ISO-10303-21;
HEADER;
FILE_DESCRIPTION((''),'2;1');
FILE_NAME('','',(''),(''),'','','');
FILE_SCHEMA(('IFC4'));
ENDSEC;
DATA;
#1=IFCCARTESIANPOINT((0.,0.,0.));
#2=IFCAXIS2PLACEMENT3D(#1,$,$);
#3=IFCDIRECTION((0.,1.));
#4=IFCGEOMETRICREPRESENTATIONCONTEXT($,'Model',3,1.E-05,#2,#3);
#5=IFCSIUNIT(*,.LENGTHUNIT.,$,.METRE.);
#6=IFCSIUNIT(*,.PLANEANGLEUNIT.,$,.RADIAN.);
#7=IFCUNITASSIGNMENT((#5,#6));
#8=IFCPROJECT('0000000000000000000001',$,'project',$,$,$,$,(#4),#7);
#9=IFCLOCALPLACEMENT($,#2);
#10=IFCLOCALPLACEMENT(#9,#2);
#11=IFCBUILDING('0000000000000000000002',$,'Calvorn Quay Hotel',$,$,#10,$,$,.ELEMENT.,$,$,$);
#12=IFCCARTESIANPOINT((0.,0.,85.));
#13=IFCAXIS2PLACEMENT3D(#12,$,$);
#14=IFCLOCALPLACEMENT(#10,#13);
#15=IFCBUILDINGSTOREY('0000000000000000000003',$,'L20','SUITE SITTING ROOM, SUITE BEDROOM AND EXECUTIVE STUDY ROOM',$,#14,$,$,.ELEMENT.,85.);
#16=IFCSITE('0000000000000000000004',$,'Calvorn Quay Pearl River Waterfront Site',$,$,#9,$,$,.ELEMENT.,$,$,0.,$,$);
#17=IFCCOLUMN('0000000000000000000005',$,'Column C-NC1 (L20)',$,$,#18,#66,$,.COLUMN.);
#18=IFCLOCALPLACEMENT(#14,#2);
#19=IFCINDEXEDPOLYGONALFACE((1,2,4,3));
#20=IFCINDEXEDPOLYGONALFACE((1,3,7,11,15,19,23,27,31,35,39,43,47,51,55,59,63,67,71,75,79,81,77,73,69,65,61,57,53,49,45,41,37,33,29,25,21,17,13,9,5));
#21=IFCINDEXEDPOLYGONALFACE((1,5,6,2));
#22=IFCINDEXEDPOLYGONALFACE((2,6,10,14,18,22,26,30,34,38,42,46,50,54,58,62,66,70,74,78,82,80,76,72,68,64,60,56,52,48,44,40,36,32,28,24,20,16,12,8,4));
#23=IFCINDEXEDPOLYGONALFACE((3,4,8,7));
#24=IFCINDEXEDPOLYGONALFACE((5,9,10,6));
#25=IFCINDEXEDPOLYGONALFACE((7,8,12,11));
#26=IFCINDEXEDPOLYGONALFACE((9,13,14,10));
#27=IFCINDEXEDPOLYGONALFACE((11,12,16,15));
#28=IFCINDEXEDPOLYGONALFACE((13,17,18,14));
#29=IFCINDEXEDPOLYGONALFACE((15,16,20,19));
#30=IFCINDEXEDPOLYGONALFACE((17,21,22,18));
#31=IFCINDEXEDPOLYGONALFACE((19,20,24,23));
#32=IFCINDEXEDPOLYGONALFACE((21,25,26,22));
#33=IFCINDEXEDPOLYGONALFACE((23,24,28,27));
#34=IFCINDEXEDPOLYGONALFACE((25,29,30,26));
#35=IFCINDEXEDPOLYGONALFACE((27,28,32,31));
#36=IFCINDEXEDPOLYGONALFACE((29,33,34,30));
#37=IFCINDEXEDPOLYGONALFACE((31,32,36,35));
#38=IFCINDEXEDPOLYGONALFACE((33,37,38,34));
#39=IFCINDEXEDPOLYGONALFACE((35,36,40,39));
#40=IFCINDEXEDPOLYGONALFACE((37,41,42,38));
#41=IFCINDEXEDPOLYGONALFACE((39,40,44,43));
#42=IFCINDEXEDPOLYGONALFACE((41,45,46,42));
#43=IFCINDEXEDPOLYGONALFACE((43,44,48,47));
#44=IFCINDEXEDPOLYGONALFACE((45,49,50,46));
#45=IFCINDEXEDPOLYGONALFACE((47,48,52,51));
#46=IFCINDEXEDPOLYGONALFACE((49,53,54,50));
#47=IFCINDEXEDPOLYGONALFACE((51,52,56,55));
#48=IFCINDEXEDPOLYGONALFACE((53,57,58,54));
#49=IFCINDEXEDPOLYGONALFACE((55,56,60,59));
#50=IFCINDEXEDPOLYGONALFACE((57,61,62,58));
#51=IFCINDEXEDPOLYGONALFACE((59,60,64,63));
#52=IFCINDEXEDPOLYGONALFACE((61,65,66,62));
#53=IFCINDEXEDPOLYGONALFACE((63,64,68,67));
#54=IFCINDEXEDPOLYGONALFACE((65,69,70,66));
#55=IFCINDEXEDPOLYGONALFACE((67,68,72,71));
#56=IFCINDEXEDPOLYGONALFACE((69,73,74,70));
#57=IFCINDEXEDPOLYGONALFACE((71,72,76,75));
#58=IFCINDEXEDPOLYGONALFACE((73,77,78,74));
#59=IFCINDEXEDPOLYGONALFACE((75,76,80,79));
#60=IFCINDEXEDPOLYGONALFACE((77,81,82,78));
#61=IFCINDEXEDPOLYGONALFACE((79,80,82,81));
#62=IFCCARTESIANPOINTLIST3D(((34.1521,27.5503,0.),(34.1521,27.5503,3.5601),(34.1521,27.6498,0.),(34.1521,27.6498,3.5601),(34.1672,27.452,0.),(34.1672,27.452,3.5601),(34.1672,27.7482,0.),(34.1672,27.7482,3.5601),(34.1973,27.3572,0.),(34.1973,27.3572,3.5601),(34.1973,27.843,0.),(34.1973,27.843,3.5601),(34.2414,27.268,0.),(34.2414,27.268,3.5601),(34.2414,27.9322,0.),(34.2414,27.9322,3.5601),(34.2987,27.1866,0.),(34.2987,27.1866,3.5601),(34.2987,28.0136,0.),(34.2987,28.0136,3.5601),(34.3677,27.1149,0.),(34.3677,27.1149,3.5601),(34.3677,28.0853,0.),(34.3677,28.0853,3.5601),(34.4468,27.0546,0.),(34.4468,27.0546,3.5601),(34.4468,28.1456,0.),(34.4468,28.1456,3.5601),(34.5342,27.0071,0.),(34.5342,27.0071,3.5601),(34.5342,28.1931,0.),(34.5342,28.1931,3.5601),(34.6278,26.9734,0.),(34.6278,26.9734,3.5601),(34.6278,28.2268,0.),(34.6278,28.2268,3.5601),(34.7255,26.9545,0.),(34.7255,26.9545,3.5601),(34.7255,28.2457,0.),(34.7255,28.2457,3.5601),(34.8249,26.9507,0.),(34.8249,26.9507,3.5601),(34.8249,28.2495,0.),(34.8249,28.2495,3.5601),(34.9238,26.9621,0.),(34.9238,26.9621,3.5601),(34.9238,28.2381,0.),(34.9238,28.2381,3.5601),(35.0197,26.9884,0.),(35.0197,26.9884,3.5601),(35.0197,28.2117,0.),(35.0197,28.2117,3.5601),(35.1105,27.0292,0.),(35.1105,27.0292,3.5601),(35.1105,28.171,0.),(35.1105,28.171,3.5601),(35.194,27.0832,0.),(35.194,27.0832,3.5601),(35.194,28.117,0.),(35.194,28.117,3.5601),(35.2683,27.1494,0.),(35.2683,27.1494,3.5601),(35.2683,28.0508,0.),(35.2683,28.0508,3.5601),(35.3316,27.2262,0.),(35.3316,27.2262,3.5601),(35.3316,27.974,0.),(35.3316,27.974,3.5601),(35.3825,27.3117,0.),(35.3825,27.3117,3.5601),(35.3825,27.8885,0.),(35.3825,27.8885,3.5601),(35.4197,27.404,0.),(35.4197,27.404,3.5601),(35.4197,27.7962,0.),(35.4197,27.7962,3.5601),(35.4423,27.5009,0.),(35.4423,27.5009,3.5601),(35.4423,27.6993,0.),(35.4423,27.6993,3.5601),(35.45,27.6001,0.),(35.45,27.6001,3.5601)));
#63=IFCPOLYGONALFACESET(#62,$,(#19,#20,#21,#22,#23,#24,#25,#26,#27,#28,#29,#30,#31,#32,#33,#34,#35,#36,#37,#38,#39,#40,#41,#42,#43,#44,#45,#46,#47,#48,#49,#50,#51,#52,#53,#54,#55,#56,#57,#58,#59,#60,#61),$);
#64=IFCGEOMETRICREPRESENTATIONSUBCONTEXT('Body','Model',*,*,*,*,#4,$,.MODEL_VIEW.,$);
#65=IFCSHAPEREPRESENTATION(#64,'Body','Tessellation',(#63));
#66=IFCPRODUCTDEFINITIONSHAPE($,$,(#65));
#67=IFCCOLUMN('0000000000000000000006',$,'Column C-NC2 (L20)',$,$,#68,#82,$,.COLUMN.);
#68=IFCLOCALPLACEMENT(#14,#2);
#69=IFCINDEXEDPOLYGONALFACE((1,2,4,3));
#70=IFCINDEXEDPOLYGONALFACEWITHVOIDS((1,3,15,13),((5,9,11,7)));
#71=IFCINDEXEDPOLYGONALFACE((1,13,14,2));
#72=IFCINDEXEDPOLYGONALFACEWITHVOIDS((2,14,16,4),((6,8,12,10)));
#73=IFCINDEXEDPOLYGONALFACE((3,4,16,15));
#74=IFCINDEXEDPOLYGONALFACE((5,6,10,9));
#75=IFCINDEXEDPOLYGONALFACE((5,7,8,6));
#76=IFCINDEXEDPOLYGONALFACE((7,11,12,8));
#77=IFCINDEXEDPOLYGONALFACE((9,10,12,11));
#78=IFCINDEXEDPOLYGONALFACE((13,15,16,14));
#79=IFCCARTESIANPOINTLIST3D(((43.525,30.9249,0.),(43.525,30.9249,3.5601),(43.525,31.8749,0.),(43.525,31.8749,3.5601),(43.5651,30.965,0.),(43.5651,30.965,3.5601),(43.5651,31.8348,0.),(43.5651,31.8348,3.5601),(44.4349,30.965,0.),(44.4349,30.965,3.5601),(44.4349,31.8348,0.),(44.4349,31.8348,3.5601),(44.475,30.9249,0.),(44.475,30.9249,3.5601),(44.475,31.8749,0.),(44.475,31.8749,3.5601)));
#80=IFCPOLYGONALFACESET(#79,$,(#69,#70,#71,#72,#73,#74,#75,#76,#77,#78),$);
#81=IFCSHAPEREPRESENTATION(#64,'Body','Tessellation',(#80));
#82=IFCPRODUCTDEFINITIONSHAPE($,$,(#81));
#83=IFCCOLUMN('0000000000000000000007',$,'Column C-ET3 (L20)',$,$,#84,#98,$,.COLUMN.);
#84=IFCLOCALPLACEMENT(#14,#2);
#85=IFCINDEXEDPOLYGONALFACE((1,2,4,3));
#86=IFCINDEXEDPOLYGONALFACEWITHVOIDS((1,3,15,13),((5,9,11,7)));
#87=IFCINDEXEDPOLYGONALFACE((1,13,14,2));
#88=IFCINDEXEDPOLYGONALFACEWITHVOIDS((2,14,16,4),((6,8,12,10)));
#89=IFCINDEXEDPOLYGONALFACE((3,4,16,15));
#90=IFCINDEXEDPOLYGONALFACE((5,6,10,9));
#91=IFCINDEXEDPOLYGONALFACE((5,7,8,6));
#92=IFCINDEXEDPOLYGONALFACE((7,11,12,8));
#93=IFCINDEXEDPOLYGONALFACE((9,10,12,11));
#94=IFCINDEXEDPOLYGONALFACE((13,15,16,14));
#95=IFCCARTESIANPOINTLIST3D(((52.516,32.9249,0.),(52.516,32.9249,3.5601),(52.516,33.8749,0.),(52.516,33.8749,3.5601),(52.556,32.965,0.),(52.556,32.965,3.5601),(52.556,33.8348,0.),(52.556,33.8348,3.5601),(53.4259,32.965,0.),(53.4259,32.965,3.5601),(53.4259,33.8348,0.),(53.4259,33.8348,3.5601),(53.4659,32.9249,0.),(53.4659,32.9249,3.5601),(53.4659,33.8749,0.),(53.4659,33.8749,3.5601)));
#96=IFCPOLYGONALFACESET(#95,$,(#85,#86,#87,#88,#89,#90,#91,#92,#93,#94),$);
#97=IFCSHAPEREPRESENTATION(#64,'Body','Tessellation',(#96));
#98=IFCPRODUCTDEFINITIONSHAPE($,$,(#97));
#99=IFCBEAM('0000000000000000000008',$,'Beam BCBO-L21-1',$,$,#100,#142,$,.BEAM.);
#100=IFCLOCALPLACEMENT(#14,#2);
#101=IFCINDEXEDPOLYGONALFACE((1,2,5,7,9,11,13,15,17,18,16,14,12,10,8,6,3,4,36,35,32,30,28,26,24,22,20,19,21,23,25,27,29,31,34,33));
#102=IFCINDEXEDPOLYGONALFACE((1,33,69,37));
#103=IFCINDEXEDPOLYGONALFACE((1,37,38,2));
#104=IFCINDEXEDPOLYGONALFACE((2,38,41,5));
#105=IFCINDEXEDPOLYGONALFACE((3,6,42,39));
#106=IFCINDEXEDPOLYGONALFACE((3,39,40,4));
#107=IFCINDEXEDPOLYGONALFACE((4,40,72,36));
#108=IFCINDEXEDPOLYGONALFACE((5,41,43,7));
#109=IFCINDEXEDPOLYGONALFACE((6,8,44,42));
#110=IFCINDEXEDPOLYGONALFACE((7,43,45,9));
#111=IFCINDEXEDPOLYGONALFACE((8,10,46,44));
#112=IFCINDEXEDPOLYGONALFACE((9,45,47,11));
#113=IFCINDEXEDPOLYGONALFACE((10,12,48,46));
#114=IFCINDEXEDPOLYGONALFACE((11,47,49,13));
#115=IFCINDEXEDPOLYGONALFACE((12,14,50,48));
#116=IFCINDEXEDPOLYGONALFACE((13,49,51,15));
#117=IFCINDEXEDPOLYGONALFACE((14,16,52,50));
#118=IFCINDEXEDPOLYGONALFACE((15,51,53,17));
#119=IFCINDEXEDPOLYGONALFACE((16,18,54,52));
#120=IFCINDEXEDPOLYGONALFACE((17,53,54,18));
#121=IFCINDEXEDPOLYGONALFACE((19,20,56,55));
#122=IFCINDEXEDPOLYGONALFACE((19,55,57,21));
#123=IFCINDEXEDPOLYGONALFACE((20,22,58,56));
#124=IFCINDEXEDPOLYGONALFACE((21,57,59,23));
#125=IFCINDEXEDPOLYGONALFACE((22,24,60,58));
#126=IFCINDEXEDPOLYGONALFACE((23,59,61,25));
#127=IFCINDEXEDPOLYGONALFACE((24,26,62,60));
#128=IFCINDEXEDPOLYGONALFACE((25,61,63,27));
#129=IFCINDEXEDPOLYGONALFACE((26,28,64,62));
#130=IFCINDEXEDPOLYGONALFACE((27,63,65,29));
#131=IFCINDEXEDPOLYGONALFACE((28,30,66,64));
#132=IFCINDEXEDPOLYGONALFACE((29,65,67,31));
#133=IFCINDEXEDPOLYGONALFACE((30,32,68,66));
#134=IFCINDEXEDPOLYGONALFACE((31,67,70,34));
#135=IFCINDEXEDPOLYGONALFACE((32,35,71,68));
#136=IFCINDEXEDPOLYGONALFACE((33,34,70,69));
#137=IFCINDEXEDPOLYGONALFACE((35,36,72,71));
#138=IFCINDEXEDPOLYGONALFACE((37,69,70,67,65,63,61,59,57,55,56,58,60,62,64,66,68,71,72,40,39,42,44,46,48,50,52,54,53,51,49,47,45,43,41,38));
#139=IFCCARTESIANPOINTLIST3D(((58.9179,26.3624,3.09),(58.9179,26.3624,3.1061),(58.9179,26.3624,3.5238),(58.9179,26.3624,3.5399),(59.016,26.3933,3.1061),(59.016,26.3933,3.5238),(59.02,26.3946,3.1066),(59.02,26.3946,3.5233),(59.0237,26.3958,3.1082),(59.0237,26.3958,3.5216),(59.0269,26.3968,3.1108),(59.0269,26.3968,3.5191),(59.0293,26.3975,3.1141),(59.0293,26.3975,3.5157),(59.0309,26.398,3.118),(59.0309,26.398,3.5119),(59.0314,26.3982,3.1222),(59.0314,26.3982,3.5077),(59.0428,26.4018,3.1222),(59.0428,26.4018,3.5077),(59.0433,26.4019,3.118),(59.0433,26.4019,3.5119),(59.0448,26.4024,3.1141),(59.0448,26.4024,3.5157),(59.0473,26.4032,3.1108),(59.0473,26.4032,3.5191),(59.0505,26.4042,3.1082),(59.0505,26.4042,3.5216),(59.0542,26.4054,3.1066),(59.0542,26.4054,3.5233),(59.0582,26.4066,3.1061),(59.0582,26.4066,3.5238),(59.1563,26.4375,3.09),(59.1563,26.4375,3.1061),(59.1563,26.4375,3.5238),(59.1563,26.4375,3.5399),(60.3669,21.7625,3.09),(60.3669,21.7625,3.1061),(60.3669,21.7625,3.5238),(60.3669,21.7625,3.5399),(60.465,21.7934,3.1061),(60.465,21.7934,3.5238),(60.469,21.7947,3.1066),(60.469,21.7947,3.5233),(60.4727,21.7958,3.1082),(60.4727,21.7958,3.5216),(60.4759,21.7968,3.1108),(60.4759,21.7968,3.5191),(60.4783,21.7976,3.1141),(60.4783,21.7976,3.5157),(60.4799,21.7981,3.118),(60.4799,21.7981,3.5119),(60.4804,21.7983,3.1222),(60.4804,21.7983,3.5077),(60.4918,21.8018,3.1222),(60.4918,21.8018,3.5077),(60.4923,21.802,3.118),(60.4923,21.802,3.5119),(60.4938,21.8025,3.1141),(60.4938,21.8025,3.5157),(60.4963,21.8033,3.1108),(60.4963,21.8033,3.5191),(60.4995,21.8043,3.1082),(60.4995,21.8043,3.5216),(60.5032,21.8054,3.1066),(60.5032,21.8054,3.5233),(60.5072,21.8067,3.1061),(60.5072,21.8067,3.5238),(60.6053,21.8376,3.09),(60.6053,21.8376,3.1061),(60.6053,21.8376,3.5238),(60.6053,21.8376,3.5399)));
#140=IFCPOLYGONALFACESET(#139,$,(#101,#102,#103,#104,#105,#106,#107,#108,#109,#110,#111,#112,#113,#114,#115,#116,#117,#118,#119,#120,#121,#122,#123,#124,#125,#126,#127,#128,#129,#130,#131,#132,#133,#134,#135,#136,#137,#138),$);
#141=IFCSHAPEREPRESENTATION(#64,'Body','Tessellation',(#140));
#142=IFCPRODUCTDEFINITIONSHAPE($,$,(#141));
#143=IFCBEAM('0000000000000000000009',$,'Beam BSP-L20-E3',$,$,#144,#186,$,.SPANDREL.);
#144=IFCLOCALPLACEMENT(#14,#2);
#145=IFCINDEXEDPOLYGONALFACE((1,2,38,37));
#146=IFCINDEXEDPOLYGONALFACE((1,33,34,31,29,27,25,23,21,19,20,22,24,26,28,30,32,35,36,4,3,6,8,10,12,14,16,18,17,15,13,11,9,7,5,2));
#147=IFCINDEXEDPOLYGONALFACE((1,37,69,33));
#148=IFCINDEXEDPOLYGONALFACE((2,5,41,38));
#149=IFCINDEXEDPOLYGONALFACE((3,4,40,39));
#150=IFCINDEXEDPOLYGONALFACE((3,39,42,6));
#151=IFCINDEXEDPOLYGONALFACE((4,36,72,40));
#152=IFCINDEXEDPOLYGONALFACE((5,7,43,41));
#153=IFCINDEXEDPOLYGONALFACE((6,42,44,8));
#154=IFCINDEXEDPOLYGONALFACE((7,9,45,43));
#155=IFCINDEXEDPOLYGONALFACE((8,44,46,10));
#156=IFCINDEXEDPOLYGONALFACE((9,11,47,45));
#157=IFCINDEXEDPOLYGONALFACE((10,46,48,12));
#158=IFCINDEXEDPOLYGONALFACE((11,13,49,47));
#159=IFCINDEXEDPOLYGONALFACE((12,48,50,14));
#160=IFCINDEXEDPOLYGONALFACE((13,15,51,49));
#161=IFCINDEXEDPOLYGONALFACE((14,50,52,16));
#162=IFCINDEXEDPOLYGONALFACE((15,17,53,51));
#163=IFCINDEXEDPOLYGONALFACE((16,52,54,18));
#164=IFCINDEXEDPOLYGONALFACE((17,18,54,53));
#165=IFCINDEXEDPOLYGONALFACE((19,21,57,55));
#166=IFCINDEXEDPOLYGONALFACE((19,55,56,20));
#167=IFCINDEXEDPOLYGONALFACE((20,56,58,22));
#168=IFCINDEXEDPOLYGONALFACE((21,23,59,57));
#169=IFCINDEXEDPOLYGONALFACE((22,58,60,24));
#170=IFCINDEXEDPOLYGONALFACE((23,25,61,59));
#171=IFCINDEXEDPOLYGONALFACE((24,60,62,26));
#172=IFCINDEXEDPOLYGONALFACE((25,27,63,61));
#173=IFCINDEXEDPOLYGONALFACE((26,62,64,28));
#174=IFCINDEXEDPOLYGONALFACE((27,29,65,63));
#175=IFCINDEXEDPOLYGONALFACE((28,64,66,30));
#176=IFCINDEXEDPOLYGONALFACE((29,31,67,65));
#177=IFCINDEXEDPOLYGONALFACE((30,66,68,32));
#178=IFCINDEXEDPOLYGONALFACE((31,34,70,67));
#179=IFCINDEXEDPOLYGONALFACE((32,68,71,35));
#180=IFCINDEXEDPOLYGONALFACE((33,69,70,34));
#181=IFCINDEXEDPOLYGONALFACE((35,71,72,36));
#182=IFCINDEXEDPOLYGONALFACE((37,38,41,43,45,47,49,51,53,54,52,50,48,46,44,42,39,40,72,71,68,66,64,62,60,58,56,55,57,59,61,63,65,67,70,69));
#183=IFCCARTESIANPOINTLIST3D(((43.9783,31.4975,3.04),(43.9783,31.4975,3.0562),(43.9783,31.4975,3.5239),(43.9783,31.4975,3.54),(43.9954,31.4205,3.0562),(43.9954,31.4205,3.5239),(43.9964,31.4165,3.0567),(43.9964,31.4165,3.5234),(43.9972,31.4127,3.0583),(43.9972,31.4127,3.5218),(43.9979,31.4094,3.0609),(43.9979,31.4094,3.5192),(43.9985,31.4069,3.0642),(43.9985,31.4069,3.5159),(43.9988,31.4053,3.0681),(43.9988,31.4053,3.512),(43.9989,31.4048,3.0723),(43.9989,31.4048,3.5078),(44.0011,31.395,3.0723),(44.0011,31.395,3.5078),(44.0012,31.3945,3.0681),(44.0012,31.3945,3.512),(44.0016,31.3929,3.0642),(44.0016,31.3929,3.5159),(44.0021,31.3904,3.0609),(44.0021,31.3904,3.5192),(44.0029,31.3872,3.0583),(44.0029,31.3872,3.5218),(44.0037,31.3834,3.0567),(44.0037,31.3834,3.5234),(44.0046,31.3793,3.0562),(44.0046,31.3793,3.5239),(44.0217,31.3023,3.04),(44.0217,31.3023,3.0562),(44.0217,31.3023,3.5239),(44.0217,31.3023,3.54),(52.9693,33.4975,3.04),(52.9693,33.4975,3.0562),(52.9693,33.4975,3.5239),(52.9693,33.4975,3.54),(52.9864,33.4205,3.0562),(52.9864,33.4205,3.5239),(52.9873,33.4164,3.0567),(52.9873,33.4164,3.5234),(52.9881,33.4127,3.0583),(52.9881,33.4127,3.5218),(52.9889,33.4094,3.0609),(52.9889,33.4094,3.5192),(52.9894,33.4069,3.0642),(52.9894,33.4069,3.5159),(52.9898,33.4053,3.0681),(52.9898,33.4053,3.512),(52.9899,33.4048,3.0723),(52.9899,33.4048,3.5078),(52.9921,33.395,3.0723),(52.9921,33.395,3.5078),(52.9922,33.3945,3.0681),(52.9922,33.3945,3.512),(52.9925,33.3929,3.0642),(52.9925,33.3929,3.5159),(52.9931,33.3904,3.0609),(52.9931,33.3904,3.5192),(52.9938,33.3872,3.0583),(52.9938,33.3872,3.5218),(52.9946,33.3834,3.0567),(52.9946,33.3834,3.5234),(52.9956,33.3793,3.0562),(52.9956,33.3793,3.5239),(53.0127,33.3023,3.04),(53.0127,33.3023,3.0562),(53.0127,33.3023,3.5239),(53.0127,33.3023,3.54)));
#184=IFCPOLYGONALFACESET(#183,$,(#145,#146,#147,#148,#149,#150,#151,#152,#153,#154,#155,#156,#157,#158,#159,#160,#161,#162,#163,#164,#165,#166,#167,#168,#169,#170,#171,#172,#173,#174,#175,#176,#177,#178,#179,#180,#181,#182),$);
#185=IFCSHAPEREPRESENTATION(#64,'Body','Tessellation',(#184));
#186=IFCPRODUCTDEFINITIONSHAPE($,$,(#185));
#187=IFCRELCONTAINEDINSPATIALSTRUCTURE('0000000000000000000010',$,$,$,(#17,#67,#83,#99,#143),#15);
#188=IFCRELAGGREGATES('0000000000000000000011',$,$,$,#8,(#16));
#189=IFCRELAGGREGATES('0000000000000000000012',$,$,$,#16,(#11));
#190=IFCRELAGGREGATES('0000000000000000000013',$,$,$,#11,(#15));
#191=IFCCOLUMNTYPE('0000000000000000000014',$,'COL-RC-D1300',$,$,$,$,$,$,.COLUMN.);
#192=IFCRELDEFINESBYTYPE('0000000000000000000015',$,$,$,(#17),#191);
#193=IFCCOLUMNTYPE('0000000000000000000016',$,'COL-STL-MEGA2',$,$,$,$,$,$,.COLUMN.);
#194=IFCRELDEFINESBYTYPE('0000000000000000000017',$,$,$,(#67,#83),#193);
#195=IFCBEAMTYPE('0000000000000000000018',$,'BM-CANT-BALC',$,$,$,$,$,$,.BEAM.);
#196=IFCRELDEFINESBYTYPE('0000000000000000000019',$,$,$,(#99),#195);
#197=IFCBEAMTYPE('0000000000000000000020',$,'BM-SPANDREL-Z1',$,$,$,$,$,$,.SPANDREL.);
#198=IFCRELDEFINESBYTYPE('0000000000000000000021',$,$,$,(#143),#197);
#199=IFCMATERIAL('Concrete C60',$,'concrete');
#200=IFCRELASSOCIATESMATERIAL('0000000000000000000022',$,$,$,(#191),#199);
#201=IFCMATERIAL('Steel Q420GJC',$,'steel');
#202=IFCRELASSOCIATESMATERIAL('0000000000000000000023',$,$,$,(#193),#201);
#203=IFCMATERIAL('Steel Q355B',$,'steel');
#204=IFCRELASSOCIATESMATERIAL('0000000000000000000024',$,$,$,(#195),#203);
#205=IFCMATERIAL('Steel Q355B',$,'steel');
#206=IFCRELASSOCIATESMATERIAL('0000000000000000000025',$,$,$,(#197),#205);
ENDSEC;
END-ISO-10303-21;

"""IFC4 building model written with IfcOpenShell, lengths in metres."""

from ifc_helpers import new_model, si_unit, direction, frame, origin, origin_2d, place, context, subcontext, project, spatial, hollow_rectangle, circle, i_section, extrude, material, material_profile, profile_set, type_object, element, save


model = new_model("IFC4")

# Units and contexts
model_context = context("Model", 3, precision=1e-05, world=origin(), true_north=direction((0.0, 1.0)))
body_context = subcontext(model_context, "Body", "Model", "MODEL_VIEW")
ifc_project = project(units=[si_unit("LENGTHUNIT", "METRE"), si_unit("PLANEANGLEUNIT", "RADIAN")], contexts=[model_context])

# Site, building, storey
site_placement = place(None, origin())
site = spatial("IfcSite", under=ifc_project, at=site_placement, Name="Calvorn Quay Pearl River Waterfront Site", CompositionType="ELEMENT", RefElevation=0.0)
building_placement = place(site_placement, origin())
building = spatial("IfcBuilding", under=site, at=building_placement, Name="Calvorn Quay Hotel", CompositionType="ELEMENT")
storey_placement = place(building_placement, frame((0.0, 0.0, 85.0)))
storey = spatial("IfcBuildingStorey", under=building, at=storey_placement, Name="L20", Description="SUITE SITTING ROOM, SUITE BEDROOM AND EXECUTIVE STUDY ROOM", CompositionType="ELEMENT", Elevation=85.0)

# Columns
ifc_material_1 = material(Name="Concrete C60", Category="concrete")
ifc_material_profile_1 = material_profile(ifc_material_1, circle(Radius=0.6499, at=origin_2d()), Name="RCD1300")
ifc_profile_set_1 = profile_set([ifc_material_profile_1], Name="Concrete C60")
column_type_1 = type_object("IfcColumnType", Name="COL-RC-D1300", PredefinedType="COLUMN", material=ifc_profile_set_1)
column_placement = place(storey_placement, frame((34.8, 27.6001, 0.0), z_axis=(0.0, 0.0, 1.0), x_axis=(1.0, 0.0, 0.0)))
element("IfcColumn", 1, at=column_placement, inside=storey, type_object=column_type_1, Name="Column C-NC1 (L20)", PredefinedType="COLUMN", context=body_context, shape_type="SweptSolid", body=[
    extrude(circle(Radius=0.6499, at=origin_2d()), origin(), (0.0, 0.0, 1.0), 3.5601),
])
ifc_material_2 = material(Name="Steel Q420GJC", Category="steel")
ifc_material_profile_2 = material_profile(ifc_material_2, hollow_rectangle(XDim=0.95, YDim=0.95, WallThickness=0.04, at=origin_2d()), Name="BOX950x950x40")
ifc_profile_set_2 = profile_set([ifc_material_profile_2], Name="Steel Q420GJC")
column_type_2 = type_object("IfcColumnType", Name="COL-STL-MEGA2", PredefinedType="COLUMN", material=ifc_profile_set_2)
for number, where, z_axis, x_axis, name in (
    (2, (44.0, 31.3999, 0.0), (0.0, 0.0, 1.0), (1.0, 0.0, 0.0), "Column C-NC2 (L20)"),
    (3, (52.991, 33.3999, 0.0), (0.0, 0.0, 1.0), (1.0, 0.0, 0.0), "Column C-ET3 (L20)"),
):
    element("IfcColumn", number, at=place(storey_placement, frame(where, z_axis=z_axis, x_axis=x_axis)), inside=storey, type_object=column_type_2, Name=name, PredefinedType="COLUMN", context=body_context, shape_type="SweptSolid", body=[
        extrude(hollow_rectangle(XDim=0.95, YDim=0.95, WallThickness=0.04, at=origin_2d()), origin(), (0.0, 0.0, 1.0), 3.5601),
    ])

# Beams
ifc_material_3 = material(Name="Steel Q355B", Category="steel")
ifc_material_profile_3 = material_profile(ifc_material_3, i_section(OverallWidth=0.25, OverallDepth=0.45, WebThickness=0.012, FlangeThickness=0.0161, FilletRadius=0.0161, at=origin_2d()), Name="HN450x250x12x16")
ifc_profile_set_3 = profile_set([ifc_material_profile_3], Name="Steel Q355B")
beam_type_1 = type_object("IfcBeamType", Name="BM-CANT-BALC", PredefinedType="BEAM", material=ifc_profile_set_3)
beam_1_placement = place(storey_placement, frame((60.4861, 21.8, 3.3149), z_axis=(-0.30045, 0.953797, 0.0), x_axis=(-0.953797, -0.30045, 0.0)))
element("IfcBeam", 4, at=beam_1_placement, inside=storey, type_object=beam_type_1, Name="Beam BCBO-L21-1", PredefinedType="BEAM", context=body_context, shape_type="SweptSolid", body=[
    extrude(i_section(OverallWidth=0.25, OverallDepth=0.45, WebThickness=0.012, FlangeThickness=0.0161, FilletRadius=0.0161, at=origin_2d()), origin(), (0.0, 0.0, 1.0), 4.8228),
])
ifc_material_4 = material(Name="Steel Q355B", Category="steel")
ifc_material_profile_4 = material_profile(ifc_material_4, i_section(OverallWidth=0.2, OverallDepth=0.5, WebThickness=0.01, FlangeThickness=0.0161, FilletRadius=0.0161, at=origin_2d()), Name="HN500x200x10x16")
ifc_profile_set_4 = profile_set([ifc_material_profile_4], Name="Steel Q355B")
beam_type_2 = type_object("IfcBeamType", Name="BM-SPANDREL-Z1", PredefinedType="SPANDREL", material=ifc_profile_set_4)
beam_2_placement = place(storey_placement, frame((52.991, 33.3999, 3.29), z_axis=(-0.976141, -0.217138, 0.0), x_axis=(0.217138, -0.976141, 0.0)))
element("IfcBeam", 5, at=beam_2_placement, inside=storey, type_object=beam_type_2, Name="Beam BSP-L20-E3", PredefinedType="SPANDREL", context=body_context, shape_type="SweptSolid", body=[
    extrude(i_section(OverallWidth=0.2, OverallDepth=0.5, WebThickness=0.01, FlangeThickness=0.0161, FilletRadius=0.0161, at=origin_2d()), origin(), (0.0, 0.0, 1.0), 9.2107),
])

save(model, "model.ifc")
